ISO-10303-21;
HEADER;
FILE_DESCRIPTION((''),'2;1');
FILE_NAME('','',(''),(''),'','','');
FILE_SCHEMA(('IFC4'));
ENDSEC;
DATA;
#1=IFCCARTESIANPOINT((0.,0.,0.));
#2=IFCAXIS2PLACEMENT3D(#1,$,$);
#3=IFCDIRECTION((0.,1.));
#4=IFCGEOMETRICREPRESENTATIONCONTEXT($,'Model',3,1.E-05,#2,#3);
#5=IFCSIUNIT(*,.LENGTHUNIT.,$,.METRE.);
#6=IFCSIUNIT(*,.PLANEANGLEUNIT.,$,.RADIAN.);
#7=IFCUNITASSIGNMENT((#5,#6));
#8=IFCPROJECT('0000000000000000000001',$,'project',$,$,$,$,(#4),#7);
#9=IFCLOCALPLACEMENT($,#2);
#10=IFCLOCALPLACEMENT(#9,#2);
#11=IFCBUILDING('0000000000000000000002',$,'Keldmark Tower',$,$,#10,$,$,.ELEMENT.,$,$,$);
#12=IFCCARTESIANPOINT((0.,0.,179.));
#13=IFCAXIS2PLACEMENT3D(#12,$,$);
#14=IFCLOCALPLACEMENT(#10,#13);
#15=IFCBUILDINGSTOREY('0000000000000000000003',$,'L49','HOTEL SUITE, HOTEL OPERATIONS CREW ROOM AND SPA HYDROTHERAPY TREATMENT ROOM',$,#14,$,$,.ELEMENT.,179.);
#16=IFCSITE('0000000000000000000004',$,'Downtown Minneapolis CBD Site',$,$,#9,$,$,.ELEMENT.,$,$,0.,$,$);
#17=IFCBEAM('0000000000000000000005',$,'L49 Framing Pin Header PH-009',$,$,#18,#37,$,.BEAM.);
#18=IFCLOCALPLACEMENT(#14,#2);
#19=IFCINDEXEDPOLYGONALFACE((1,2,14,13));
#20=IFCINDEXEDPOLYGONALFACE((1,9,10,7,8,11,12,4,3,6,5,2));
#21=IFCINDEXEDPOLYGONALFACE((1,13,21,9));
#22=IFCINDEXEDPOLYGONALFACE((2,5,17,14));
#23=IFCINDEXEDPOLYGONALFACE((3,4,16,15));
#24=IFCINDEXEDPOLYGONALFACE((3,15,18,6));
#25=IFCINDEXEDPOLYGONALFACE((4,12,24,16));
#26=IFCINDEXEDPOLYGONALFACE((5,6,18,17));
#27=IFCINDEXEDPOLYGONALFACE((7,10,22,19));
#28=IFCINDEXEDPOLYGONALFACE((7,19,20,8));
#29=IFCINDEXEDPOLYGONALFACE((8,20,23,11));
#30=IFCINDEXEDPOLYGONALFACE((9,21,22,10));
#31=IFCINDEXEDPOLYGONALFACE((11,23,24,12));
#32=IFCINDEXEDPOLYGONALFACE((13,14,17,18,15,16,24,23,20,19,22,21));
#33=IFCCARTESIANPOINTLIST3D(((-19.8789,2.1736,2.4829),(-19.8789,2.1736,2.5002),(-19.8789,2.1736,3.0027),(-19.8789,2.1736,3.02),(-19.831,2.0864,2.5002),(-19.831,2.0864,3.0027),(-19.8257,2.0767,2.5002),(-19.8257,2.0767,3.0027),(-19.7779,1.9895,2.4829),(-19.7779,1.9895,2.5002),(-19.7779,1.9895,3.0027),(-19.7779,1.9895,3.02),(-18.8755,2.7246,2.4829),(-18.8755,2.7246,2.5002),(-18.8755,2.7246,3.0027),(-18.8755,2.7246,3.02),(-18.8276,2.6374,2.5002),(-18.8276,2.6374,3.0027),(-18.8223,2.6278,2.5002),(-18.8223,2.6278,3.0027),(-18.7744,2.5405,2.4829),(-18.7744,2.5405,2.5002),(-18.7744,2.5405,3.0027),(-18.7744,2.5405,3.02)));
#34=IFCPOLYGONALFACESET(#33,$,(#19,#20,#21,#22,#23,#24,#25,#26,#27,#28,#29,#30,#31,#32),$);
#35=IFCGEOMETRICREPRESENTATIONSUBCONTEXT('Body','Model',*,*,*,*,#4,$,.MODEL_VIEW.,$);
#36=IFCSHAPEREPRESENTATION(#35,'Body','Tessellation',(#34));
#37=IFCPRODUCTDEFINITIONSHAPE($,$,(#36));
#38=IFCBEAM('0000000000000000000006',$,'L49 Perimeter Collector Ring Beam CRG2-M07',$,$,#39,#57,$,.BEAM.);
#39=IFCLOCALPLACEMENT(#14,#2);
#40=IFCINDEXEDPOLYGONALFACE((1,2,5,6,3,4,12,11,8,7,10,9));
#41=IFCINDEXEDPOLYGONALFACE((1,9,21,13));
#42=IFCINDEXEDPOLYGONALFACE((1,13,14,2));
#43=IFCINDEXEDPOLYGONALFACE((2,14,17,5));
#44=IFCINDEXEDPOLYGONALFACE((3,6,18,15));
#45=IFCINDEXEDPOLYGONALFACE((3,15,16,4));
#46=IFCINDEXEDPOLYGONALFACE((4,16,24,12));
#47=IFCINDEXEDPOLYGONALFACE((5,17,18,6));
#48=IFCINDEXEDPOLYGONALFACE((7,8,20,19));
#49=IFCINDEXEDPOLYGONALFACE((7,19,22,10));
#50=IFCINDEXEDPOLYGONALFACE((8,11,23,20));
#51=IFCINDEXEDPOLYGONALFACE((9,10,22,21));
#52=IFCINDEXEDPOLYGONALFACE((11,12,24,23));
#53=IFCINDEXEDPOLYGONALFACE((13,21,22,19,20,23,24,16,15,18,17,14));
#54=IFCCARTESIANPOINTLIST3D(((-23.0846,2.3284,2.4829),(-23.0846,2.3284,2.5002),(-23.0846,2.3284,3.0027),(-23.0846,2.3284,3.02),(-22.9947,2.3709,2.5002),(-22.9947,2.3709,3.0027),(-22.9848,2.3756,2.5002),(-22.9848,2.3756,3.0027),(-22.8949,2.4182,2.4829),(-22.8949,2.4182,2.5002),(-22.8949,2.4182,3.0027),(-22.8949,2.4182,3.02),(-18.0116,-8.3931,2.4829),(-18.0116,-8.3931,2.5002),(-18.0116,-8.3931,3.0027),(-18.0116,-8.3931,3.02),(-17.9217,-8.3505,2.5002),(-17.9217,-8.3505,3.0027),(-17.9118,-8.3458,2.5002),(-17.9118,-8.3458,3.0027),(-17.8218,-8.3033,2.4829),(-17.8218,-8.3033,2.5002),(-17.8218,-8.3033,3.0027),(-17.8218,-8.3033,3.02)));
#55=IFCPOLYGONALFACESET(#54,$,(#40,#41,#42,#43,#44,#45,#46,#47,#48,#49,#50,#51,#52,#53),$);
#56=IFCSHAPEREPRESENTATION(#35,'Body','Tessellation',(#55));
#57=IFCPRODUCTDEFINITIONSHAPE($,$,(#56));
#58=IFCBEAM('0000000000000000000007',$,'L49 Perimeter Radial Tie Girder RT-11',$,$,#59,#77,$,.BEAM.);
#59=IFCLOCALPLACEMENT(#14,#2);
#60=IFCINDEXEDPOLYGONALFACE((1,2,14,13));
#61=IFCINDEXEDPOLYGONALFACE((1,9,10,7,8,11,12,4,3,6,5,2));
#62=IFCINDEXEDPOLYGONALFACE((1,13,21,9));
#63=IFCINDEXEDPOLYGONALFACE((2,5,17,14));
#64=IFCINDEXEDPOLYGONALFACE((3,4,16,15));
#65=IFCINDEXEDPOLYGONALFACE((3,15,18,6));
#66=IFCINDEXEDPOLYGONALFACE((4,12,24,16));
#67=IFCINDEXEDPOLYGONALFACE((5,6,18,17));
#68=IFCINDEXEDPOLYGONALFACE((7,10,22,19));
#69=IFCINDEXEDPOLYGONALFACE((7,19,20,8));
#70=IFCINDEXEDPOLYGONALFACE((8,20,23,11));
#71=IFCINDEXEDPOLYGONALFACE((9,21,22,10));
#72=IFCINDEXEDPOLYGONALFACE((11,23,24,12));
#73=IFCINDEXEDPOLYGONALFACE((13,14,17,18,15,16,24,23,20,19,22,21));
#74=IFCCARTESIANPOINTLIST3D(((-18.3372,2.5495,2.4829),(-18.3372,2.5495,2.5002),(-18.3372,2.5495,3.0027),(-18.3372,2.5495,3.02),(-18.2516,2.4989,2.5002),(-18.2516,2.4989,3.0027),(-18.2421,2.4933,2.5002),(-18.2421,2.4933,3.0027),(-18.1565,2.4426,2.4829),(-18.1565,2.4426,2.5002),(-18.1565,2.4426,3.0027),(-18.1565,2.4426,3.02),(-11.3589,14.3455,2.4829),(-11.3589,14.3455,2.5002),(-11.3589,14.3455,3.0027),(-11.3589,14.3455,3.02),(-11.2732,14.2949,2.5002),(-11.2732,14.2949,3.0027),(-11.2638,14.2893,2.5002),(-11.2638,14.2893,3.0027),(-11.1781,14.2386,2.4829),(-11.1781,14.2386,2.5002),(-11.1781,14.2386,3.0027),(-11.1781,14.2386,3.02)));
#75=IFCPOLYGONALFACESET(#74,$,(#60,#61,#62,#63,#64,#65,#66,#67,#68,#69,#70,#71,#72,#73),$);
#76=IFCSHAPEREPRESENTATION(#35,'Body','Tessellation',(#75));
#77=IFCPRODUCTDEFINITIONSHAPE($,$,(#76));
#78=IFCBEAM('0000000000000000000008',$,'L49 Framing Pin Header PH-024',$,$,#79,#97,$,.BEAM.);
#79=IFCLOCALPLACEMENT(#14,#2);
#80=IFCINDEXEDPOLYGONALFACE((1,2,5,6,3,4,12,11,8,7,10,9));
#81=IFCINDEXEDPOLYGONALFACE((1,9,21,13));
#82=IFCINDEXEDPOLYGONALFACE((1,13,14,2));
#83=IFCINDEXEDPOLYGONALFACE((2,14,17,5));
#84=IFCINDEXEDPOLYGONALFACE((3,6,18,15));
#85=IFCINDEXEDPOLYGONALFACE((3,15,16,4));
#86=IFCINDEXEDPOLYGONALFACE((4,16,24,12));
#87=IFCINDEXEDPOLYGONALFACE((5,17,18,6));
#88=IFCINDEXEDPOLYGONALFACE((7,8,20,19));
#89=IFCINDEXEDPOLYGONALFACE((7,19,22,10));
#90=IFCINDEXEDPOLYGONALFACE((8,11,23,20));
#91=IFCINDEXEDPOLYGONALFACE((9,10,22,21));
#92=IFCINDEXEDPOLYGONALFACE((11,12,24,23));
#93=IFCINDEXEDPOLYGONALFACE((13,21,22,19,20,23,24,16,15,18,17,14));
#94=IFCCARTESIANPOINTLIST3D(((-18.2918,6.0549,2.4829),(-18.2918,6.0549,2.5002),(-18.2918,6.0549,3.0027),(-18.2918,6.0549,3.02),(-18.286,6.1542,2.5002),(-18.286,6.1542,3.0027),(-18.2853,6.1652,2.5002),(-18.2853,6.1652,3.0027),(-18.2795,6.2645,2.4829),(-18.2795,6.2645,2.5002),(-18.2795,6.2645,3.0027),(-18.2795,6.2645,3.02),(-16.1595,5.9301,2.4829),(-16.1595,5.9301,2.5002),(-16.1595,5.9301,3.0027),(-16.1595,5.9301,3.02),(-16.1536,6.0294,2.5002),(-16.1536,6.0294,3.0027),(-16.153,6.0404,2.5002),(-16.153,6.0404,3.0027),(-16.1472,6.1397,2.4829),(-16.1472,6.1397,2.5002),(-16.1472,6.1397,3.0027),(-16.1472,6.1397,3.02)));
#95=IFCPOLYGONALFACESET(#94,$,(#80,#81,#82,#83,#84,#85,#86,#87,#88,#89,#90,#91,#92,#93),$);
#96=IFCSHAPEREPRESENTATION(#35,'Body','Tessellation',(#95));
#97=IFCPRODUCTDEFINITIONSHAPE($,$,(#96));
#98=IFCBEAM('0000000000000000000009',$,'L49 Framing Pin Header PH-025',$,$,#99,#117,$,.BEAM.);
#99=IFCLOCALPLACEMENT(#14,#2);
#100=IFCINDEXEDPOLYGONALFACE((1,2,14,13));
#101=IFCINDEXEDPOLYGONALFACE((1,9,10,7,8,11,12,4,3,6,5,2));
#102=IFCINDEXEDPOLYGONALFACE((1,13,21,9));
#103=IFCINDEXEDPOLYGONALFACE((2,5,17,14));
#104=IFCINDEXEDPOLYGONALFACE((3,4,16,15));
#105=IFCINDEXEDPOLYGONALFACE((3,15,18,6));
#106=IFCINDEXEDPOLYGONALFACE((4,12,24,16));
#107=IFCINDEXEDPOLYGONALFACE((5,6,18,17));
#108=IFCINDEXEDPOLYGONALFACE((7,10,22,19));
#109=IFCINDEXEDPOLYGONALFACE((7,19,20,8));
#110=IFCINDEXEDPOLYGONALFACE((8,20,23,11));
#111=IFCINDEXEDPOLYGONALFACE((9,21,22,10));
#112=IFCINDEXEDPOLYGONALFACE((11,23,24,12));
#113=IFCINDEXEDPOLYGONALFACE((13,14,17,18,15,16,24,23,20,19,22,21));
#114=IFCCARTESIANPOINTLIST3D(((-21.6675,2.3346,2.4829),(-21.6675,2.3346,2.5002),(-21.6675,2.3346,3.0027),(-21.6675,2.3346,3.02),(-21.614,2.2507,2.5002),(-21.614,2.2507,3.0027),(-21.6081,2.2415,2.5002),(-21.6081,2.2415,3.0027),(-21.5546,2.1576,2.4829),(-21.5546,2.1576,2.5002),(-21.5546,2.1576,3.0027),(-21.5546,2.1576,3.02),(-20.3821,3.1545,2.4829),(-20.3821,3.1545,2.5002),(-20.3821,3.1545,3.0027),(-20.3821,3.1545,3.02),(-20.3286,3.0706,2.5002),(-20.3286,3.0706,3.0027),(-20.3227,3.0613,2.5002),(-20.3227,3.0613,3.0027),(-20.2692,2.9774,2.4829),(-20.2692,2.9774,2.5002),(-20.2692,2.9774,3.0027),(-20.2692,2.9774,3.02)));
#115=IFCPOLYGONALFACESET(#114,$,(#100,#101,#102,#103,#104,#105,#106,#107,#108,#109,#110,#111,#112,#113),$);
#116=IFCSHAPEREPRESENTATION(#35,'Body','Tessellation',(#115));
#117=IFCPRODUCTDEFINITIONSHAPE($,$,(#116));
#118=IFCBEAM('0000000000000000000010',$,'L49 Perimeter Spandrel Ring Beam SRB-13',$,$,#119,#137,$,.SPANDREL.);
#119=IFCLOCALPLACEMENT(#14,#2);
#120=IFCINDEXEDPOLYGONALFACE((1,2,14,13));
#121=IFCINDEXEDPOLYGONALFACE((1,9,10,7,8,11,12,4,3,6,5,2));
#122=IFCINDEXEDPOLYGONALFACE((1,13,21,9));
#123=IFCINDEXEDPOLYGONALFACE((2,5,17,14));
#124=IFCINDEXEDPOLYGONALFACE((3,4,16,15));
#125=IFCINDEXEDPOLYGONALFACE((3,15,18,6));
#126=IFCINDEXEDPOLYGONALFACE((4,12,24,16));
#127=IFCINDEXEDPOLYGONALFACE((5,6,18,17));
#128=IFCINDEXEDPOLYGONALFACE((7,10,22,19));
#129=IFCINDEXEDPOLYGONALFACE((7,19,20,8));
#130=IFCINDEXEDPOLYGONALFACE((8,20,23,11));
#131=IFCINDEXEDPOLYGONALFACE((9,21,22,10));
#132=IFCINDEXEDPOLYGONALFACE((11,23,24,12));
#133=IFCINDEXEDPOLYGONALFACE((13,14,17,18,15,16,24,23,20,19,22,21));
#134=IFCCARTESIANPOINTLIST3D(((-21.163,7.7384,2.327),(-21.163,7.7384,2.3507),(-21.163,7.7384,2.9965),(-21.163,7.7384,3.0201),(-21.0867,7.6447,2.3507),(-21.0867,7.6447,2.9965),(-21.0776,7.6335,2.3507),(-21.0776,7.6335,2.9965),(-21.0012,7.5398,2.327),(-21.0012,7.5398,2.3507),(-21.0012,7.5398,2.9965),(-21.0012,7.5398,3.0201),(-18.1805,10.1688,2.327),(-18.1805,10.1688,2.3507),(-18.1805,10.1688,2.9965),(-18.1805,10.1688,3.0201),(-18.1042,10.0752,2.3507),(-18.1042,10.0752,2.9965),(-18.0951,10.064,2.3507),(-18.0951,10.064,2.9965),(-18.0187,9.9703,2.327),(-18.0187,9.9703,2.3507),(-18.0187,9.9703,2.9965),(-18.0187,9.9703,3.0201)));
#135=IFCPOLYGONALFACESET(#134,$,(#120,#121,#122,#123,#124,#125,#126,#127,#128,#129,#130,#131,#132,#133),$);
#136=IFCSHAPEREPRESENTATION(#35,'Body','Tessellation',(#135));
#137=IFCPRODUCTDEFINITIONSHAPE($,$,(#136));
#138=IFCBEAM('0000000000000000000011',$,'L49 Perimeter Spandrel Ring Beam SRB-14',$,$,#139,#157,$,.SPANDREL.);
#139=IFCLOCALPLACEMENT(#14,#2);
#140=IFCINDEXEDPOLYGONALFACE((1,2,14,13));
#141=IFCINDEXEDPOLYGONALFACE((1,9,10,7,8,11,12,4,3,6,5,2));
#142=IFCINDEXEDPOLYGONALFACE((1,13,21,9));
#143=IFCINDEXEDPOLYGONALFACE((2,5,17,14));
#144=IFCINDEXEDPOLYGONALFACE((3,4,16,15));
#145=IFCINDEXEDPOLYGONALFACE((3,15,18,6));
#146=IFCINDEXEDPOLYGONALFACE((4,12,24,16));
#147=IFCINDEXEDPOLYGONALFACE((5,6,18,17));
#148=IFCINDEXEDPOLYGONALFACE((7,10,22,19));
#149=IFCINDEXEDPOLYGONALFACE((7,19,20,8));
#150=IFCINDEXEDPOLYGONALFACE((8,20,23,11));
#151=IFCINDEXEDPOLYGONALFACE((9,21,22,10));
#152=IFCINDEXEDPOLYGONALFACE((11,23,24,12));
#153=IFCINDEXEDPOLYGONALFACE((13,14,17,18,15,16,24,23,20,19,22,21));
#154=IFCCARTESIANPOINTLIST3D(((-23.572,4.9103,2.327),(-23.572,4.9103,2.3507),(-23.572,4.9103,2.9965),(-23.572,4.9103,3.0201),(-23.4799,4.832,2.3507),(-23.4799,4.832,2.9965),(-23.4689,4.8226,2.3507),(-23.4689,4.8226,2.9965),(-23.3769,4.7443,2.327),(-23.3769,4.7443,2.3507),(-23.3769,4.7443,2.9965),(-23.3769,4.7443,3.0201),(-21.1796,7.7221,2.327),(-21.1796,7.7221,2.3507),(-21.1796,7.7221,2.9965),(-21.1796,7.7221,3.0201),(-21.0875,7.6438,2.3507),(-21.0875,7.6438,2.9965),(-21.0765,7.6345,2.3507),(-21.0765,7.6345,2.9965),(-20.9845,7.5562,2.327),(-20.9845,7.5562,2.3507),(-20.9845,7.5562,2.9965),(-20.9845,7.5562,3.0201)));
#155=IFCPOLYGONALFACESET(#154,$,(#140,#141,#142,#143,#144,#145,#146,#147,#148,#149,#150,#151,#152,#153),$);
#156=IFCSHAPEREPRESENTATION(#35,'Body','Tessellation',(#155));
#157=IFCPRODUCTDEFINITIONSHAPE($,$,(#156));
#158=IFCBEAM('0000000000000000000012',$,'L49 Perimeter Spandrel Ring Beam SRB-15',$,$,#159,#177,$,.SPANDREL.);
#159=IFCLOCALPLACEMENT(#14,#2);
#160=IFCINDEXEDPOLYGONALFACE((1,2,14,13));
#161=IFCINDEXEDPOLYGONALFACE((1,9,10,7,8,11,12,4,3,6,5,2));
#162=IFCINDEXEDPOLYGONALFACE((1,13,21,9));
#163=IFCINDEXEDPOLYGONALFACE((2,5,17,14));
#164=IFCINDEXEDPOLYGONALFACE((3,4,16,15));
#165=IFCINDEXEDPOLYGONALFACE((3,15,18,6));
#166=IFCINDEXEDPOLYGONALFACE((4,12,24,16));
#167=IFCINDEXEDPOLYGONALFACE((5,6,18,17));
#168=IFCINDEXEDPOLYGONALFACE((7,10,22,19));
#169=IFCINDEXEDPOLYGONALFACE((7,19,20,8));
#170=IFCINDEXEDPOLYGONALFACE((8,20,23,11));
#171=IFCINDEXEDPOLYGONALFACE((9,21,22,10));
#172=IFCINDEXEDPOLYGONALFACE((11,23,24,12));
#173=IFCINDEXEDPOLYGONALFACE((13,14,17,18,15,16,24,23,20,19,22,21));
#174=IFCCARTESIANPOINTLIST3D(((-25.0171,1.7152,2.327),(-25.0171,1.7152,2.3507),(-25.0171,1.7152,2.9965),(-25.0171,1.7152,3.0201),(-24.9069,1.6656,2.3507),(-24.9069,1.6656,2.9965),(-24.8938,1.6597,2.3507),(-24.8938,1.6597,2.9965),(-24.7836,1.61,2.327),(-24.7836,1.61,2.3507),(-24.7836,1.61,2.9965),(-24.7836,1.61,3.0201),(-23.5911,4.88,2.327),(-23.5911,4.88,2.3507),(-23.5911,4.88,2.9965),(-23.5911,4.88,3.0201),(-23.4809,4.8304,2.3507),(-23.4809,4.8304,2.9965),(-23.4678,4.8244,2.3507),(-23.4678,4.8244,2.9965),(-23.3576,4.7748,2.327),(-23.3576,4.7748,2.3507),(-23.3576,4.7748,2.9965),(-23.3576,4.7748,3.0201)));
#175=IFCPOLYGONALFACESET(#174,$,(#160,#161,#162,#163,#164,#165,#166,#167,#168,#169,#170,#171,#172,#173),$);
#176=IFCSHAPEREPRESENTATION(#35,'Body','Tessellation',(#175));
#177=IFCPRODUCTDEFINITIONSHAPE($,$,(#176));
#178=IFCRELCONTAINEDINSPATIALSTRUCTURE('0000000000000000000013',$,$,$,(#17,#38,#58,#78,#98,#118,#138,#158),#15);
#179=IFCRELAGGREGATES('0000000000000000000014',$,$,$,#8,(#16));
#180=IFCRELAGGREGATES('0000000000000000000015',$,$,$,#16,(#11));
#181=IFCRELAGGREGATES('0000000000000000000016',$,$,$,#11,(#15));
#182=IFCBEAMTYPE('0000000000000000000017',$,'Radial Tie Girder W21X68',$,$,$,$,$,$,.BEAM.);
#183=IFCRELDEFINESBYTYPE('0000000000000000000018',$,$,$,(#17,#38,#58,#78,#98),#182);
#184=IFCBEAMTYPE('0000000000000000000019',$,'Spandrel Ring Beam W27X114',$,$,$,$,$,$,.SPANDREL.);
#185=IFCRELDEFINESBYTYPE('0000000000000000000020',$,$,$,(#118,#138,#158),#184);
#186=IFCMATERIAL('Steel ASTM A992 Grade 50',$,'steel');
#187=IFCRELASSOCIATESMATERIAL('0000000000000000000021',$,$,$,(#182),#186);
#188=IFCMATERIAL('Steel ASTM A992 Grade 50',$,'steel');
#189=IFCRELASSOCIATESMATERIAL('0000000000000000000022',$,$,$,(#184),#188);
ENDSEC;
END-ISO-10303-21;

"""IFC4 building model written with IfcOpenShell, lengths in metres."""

from ifc_helpers import new_model, si_unit, direction, frame, origin, origin_2d, place, context, subcontext, project, spatial, i_section, extrude, material, material_profile, profile_set, type_object, element, save


model = new_model("IFC4")

# Units and contexts
model_context = context("Model", 3, precision=1e-05, world=origin(), true_north=direction((0.0, 1.0)))
body_context = subcontext(model_context, "Body", "Model", "MODEL_VIEW")
ifc_project = project(units=[si_unit("LENGTHUNIT", "METRE"), si_unit("PLANEANGLEUNIT", "RADIAN")], contexts=[model_context])

# Site, building, storey
site_placement = place(None, origin())
site = spatial("IfcSite", under=ifc_project, at=site_placement, Name="Downtown Minneapolis CBD Site", CompositionType="ELEMENT", RefElevation=0.0)
building_placement = place(site_placement, origin())
building = spatial("IfcBuilding", under=site, at=building_placement, Name="Keldmark Tower", CompositionType="ELEMENT")
storey_placement = place(building_placement, frame((0.0, 0.0, 179.0)))
storey = spatial("IfcBuildingStorey", under=building, at=storey_placement, Name="L49", Description="HOTEL SUITE, HOTEL OPERATIONS CREW ROOM AND SPA HYDROTHERAPY TREATMENT ROOM", CompositionType="ELEMENT", Elevation=179.0)

# Beams
ifc_material_1 = material(Name="Steel ASTM A992 Grade 50", Category="steel")
ifc_material_profile_1 = material_profile(ifc_material_1, i_section(OverallWidth=0.21, OverallDepth=0.5371, WebThickness=0.011, FlangeThickness=0.0173, at=origin_2d()), Name="W21X68")
ifc_profile_set_1 = profile_set([ifc_material_profile_1], Name="Steel ASTM A992 Grade 50")
beam_type_1 = type_object("IfcBeamType", Name="Radial Tie Girder W21X68", PredefinedType="BEAM", material=ifc_profile_set_1)
beam_1_placement = place(storey_placement, frame((-18.825, 2.6326, 2.7515), z_axis=(-0.876531, -0.481346, 0.0), x_axis=(0.481346, -0.876531, 0.0)))
element("IfcBeam", 1, at=beam_1_placement, inside=storey, type_object=beam_type_1, Name="L49 Framing Pin Header PH-009", PredefinedType="BEAM", context=body_context, shape_type="SweptSolid", body=[
    extrude(i_section(OverallWidth=0.21, OverallDepth=0.5371, WebThickness=0.011, FlangeThickness=0.0173, at=origin_2d()), origin(), (0.0, 0.0, 1.0), 1.1448),
])
beam_2_placement = place(storey_placement, frame((-22.9897, 2.3733, 2.7515), z_axis=(0.427702, -0.90392, 0.0), x_axis=(0.90392, 0.427702, 0.0)))
element("IfcBeam", 2, at=beam_2_placement, inside=storey, type_object=beam_type_1, Name="L49 Perimeter Collector Ring Beam CRG2-M07", PredefinedType="BEAM", context=body_context, shape_type="SweptSolid", body=[
    extrude(i_section(OverallWidth=0.21, OverallDepth=0.5371, WebThickness=0.011, FlangeThickness=0.0173, at=origin_2d()), origin(), (0.0, 0.0, 1.0), 11.8611),
])
beam_3_placement = place(storey_placement, frame((-18.2468, 2.4961, 2.7515), z_axis=(0.50916, 0.860672, 0.0), x_axis=(-0.860672, 0.50916, 0.0)))
element("IfcBeam", 3, at=beam_3_placement, inside=storey, type_object=beam_type_1, Name="L49 Perimeter Radial Tie Girder RT-11", PredefinedType="BEAM", context=body_context, shape_type="SweptSolid", body=[
    extrude(i_section(OverallWidth=0.21, OverallDepth=0.5371, WebThickness=0.011, FlangeThickness=0.0173, at=origin_2d()), origin(), (0.0, 0.0, 1.0), 13.7056),
])
beam_4_placement = place(storey_placement, frame((-16.1533, 6.0349, 2.7515), z_axis=(-0.998293, 0.058407, 0.0), x_axis=(-0.058407, -0.998293, 0.0)))
element("IfcBeam", 4, at=beam_4_placement, inside=storey, type_object=beam_type_1, Name="L49 Framing Pin Header PH-024", PredefinedType="BEAM", context=body_context, shape_type="SweptSolid", body=[
    extrude(i_section(OverallWidth=0.21, OverallDepth=0.5371, WebThickness=0.011, FlangeThickness=0.0173, at=origin_2d()), origin(), (0.0, 0.0, 1.0), 2.136),
])
beam_5_placement = place(storey_placement, frame((-21.6111, 2.2461, 2.7515), z_axis=(0.843114, 0.537735, 0.0), x_axis=(-0.537735, 0.843114, 0.0)))
element("IfcBeam", 5, at=beam_5_placement, inside=storey, type_object=beam_type_1, Name="L49 Framing Pin Header PH-025", PredefinedType="BEAM", context=body_context, shape_type="SweptSolid", body=[
    extrude(i_section(OverallWidth=0.21, OverallDepth=0.5371, WebThickness=0.011, FlangeThickness=0.0173, at=origin_2d()), origin(), (0.0, 0.0, 1.0), 1.5247),
])
ifc_material_2 = material(Name="Steel ASTM A992 Grade 50", Category="steel")
ifc_material_profile_2 = material_profile(ifc_material_2, i_section(OverallWidth=0.2561, OverallDepth=0.6931, WebThickness=0.0144, FlangeThickness=0.0237, at=origin_2d()), Name="W27X114")
ifc_profile_set_2 = profile_set([ifc_material_profile_2], Name="Steel ASTM A992 Grade 50")
beam_type_2 = type_object("IfcBeamType", Name="Spandrel Ring Beam W27X114", PredefinedType="SPANDREL", material=ifc_profile_set_2)
beam_6_placement = place(storey_placement, frame((-18.0996, 10.0696, 2.6736), z_axis=(-0.775197, -0.63172, 0.0), x_axis=(0.63172, -0.775197, 0.0)))
element("IfcBeam", 6, at=beam_6_placement, inside=storey, type_object=beam_type_2, Name="L49 Perimeter Spandrel Ring Beam SRB-13", PredefinedType="SPANDREL", context=body_context, shape_type="SweptSolid", body=[
    extrude(i_section(OverallWidth=0.2561, OverallDepth=0.6931, WebThickness=0.0144, FlangeThickness=0.0237, at=origin_2d()), origin(), (0.0, 0.0, 1.0), 3.8474),
])
beam_7_placement = place(storey_placement, frame((-21.082, 7.6392, 2.6736), z_axis=(-0.648015, -0.761628, 0.0), x_axis=(0.761628, -0.648015, 0.0)))
element("IfcBeam", 7, at=beam_7_placement, inside=storey, type_object=beam_type_2, Name="L49 Perimeter Spandrel Ring Beam SRB-14", PredefinedType="SPANDREL", context=body_context, shape_type="SweptSolid", body=[
    extrude(i_section(OverallWidth=0.2561, OverallDepth=0.6931, WebThickness=0.0144, FlangeThickness=0.0237, at=origin_2d()), origin(), (0.0, 0.0, 1.0), 3.6919),
])
beam_8_placement = place(storey_placement, frame((-23.4744, 4.8274, 2.6736), z_axis=(-0.410812, -0.91172, 0.0), x_axis=(0.91172, -0.410812, 0.0)))
element("IfcBeam", 8, at=beam_8_placement, inside=storey, type_object=beam_type_2, Name="L49 Perimeter Spandrel Ring Beam SRB-15", PredefinedType="SPANDREL", context=body_context, shape_type="SweptSolid", body=[
    extrude(i_section(OverallWidth=0.2561, OverallDepth=0.6931, WebThickness=0.0144, FlangeThickness=0.0237, at=origin_2d()), origin(), (0.0, 0.0, 1.0), 3.4712),
])

save(model, "model.ifc")
